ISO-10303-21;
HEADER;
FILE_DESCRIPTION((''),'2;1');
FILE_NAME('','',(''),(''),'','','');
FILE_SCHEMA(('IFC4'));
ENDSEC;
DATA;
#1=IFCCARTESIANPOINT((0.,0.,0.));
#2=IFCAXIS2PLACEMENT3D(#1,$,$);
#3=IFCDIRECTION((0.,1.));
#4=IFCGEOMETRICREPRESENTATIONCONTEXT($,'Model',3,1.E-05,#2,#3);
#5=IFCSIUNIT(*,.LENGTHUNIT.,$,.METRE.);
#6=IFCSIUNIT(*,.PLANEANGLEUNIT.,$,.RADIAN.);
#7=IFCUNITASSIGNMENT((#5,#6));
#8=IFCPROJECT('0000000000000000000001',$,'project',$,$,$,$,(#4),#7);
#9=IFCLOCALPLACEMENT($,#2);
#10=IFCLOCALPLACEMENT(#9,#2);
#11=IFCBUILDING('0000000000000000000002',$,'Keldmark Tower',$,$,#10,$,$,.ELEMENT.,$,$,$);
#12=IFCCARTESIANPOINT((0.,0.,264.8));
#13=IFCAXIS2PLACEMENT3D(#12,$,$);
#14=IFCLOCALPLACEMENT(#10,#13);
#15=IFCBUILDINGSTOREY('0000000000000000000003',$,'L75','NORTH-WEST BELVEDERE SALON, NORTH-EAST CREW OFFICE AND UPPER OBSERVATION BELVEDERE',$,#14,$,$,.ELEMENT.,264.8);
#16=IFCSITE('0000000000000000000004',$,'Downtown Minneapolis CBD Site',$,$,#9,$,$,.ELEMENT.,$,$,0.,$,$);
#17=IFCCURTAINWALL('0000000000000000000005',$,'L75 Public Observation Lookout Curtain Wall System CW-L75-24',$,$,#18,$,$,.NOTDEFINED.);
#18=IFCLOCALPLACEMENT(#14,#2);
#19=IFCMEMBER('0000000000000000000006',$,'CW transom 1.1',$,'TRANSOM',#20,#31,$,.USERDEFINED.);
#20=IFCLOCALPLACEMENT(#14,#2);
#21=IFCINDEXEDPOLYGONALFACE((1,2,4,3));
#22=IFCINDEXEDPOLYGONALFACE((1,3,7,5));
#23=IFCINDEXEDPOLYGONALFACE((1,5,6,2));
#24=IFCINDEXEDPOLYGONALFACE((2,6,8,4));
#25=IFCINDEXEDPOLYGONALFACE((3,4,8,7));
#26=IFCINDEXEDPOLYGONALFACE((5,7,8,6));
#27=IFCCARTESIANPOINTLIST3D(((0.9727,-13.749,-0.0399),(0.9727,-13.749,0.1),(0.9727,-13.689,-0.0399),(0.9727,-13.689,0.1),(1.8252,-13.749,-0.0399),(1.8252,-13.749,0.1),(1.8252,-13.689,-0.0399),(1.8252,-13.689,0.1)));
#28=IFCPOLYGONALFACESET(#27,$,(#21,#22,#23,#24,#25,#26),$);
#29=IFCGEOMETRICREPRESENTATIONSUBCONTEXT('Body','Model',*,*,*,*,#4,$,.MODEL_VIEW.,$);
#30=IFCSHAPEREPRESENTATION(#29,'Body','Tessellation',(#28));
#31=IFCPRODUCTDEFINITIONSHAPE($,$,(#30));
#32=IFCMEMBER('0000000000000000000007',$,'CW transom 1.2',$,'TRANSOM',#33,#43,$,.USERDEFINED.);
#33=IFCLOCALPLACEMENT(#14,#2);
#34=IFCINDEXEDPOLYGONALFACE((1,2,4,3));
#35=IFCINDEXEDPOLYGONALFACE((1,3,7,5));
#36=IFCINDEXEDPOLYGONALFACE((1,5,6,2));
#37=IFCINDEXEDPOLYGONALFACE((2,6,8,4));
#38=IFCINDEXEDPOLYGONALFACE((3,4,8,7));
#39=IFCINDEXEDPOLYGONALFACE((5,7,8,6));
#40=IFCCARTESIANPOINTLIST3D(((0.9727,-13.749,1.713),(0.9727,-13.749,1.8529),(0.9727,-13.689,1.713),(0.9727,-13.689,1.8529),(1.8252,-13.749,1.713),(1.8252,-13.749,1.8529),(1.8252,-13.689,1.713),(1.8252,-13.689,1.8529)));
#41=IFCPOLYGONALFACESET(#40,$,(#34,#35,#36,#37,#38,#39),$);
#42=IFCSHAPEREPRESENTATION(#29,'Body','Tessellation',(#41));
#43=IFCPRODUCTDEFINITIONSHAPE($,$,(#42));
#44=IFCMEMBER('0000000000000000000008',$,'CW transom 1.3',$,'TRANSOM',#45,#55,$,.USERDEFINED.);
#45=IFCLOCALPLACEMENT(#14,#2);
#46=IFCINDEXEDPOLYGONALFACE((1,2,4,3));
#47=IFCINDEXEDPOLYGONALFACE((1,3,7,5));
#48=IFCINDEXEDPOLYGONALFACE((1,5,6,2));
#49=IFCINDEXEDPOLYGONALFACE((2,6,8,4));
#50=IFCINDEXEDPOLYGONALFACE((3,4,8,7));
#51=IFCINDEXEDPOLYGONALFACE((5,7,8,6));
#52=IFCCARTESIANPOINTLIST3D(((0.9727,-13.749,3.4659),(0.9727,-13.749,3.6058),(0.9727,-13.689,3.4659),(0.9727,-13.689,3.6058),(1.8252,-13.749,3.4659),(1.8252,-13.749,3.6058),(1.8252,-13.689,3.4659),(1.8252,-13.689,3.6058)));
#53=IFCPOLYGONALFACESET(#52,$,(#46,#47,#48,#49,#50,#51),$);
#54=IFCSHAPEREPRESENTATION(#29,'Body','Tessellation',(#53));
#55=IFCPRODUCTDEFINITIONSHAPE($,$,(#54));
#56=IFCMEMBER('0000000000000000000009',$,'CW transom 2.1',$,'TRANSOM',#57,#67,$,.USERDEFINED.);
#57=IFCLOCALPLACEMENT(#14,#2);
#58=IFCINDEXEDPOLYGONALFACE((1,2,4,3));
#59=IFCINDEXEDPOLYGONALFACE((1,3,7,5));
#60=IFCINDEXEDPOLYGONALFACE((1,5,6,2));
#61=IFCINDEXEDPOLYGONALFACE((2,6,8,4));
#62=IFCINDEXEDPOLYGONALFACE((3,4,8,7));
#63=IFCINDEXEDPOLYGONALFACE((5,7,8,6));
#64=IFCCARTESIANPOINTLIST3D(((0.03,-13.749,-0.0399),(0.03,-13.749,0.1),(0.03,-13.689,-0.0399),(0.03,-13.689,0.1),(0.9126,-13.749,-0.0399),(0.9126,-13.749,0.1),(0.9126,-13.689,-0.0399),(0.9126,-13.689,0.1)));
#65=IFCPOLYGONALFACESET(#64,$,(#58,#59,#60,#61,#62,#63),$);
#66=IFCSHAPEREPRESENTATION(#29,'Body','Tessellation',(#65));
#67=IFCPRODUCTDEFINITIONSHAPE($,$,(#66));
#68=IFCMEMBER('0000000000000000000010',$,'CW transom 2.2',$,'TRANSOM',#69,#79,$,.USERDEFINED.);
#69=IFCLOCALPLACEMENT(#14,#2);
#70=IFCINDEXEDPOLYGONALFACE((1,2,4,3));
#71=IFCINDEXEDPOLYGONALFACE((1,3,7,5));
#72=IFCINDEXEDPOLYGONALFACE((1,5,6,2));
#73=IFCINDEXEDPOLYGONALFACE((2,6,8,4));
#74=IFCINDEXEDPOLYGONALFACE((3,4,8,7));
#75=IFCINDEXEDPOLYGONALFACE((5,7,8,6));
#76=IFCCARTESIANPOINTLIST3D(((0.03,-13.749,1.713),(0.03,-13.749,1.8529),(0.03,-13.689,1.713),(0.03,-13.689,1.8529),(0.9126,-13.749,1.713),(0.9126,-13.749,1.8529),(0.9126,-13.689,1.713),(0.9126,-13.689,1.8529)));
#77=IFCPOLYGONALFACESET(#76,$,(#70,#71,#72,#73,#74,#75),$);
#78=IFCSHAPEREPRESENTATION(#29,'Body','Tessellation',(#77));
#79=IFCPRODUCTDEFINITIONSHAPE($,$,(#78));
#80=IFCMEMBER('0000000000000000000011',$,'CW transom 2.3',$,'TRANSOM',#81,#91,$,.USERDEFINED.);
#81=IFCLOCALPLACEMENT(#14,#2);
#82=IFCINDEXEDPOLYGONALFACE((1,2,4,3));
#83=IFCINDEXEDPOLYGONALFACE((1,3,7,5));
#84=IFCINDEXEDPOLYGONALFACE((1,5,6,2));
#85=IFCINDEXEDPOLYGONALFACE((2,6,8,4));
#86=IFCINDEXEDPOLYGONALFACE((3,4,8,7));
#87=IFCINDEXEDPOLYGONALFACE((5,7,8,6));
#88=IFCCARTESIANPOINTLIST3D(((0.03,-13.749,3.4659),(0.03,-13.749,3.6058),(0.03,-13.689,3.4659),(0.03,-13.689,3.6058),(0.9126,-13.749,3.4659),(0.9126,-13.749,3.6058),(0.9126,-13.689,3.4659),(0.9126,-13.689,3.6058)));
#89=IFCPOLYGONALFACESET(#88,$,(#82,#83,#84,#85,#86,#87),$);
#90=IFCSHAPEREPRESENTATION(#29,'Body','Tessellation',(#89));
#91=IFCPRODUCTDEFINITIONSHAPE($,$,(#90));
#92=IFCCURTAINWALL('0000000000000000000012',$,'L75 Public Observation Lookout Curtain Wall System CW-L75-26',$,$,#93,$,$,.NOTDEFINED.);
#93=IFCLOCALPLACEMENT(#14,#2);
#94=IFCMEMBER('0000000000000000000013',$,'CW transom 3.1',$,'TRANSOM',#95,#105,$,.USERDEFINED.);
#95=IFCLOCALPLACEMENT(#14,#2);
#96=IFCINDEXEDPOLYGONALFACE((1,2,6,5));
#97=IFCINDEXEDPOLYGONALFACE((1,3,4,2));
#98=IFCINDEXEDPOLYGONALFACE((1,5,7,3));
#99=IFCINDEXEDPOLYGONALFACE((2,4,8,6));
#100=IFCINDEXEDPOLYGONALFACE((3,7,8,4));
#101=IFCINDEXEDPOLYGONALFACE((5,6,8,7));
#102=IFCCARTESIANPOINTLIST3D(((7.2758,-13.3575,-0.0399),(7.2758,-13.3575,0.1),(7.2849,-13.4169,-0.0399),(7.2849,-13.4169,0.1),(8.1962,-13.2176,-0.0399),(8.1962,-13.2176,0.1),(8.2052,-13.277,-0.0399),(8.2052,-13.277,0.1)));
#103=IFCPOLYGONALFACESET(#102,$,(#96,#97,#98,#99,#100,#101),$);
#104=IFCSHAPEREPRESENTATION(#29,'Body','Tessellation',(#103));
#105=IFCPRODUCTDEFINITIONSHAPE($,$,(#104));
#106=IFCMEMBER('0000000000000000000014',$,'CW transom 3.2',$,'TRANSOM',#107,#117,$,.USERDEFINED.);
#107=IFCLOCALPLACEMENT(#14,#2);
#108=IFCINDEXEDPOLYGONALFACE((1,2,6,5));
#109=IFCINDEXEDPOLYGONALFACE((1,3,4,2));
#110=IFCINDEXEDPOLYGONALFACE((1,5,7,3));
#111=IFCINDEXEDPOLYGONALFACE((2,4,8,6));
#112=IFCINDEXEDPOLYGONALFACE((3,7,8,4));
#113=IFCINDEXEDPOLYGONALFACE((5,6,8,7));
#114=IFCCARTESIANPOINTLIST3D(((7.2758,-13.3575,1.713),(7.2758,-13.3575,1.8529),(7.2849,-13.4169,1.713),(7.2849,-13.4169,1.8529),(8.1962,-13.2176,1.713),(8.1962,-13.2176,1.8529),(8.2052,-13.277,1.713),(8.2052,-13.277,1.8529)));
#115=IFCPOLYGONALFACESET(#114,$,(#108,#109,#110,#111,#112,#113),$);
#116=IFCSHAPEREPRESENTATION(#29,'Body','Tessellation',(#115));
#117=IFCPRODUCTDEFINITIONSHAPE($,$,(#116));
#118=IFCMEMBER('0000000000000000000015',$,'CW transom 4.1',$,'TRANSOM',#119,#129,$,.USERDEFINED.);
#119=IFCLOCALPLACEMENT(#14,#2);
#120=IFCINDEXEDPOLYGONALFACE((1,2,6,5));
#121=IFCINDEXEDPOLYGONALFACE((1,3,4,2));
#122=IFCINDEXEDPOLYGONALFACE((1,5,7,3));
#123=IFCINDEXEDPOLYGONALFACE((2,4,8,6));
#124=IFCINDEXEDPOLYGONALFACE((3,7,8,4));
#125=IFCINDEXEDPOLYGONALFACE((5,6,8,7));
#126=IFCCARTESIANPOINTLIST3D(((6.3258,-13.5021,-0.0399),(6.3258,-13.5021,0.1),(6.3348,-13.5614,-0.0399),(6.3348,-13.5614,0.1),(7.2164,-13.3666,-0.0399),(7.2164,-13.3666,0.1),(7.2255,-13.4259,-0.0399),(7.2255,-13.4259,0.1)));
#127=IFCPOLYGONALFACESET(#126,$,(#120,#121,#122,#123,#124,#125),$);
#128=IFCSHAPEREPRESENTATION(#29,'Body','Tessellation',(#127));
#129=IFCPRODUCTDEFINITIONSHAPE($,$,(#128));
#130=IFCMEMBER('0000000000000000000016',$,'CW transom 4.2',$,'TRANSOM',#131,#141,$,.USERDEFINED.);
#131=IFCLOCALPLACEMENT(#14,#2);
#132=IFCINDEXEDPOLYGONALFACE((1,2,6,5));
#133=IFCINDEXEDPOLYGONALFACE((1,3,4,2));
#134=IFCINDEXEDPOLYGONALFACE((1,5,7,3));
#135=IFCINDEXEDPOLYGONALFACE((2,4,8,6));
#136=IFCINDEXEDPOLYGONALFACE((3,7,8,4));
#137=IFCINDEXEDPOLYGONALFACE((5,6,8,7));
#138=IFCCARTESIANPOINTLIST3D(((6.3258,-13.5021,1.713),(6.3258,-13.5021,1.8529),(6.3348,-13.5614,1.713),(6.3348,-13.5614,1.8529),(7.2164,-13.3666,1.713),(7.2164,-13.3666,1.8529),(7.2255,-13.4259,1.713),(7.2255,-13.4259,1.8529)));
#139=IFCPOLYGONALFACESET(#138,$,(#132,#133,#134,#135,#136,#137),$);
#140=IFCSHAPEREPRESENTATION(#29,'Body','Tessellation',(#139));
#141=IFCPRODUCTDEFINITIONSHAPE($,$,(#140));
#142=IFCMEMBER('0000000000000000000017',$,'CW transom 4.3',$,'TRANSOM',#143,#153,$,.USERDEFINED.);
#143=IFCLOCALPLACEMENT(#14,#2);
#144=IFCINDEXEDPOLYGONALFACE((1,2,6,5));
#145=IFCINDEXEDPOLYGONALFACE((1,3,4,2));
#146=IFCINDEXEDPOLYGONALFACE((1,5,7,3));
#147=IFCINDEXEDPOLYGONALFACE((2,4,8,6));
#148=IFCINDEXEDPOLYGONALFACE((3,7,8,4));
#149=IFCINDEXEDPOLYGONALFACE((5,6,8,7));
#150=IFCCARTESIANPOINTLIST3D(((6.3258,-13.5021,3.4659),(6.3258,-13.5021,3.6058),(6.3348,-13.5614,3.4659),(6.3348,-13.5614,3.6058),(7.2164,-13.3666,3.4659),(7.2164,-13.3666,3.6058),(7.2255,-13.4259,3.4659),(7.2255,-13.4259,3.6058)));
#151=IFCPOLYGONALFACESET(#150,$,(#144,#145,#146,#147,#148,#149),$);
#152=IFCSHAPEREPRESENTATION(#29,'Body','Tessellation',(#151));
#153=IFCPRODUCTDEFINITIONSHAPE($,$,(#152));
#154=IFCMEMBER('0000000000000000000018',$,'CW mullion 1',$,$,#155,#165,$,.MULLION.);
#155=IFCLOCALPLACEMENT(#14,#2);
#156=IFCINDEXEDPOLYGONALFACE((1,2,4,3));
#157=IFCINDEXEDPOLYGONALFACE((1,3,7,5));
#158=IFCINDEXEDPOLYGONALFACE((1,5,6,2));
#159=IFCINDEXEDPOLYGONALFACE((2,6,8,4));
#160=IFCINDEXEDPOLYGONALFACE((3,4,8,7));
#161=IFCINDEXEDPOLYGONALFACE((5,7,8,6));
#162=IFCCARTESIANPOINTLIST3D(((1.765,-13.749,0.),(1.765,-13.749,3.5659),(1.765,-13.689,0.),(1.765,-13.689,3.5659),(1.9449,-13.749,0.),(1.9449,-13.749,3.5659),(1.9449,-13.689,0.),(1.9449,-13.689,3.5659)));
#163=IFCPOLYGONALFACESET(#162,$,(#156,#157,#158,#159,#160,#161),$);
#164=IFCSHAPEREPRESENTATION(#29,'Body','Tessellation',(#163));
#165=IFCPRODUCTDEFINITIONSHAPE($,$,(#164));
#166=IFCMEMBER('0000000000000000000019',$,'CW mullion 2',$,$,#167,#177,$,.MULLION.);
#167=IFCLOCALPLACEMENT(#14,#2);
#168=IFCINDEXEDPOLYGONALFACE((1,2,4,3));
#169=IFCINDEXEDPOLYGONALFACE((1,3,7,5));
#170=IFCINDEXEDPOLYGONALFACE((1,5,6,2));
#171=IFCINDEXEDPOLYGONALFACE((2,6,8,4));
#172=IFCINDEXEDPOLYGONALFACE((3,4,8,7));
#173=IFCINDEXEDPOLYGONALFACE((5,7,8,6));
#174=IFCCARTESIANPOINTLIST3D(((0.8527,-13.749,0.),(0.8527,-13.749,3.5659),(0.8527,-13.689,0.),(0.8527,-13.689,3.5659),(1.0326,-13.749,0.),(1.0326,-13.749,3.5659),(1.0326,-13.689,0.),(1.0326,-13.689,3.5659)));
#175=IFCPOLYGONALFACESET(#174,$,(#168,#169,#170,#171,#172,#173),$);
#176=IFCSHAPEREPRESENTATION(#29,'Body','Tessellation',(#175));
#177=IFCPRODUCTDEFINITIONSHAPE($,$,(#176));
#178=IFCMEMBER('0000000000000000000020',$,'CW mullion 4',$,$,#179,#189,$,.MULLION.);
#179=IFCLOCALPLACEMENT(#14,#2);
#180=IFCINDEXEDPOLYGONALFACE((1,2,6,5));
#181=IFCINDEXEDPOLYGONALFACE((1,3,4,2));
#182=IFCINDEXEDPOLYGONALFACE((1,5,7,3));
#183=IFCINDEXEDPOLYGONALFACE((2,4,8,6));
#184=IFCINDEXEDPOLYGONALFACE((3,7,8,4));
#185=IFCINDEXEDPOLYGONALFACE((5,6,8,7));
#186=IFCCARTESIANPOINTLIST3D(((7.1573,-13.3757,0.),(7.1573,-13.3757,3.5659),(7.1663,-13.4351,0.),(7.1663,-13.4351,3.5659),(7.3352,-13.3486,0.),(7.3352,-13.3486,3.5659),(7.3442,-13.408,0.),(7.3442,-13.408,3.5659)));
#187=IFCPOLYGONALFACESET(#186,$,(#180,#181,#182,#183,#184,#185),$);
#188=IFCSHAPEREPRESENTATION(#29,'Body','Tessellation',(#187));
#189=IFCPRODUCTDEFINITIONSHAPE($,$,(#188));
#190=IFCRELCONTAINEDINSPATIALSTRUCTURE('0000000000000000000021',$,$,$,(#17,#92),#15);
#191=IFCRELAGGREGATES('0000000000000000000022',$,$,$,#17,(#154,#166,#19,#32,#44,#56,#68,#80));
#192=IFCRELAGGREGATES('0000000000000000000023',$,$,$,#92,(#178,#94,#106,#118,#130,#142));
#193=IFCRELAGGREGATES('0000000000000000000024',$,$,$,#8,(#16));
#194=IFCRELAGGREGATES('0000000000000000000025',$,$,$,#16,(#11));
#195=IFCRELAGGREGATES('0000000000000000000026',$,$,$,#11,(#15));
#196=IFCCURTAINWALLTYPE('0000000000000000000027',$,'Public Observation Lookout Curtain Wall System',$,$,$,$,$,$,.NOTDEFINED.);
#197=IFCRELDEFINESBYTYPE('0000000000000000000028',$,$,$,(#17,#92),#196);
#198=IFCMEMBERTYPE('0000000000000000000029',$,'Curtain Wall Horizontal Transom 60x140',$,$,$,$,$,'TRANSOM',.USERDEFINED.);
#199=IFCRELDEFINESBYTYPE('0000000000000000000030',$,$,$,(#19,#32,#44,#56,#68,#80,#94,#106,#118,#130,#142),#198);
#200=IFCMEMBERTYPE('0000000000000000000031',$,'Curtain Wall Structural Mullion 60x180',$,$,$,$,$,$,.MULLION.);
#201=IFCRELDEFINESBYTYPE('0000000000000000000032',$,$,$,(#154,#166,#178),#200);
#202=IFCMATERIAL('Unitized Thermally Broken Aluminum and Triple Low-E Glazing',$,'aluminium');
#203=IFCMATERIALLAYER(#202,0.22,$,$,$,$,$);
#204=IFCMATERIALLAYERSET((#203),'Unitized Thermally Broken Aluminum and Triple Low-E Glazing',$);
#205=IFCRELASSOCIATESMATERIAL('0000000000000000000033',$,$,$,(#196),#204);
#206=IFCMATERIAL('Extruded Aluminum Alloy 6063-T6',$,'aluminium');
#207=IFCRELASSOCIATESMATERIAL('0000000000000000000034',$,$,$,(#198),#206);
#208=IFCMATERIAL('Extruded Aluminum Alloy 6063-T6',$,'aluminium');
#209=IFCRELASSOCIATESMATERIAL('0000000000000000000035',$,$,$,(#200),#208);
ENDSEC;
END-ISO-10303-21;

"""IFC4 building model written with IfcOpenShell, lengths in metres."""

from ifc_helpers import new_model, si_unit, direction, frame, origin, origin_2d, place, context, subcontext, project, spatial, rectangle, extrude, material, layer, layer_set, material_profile, profile_set, type_object, element, aggregate, save


model = new_model("IFC4")

# Units and contexts
model_context = context("Model", 3, precision=1e-05, world=origin(), true_north=direction((0.0, 1.0)))
body_context = subcontext(model_context, "Body", "Model", "MODEL_VIEW")
ifc_project = project(units=[si_unit("LENGTHUNIT", "METRE"), si_unit("PLANEANGLEUNIT", "RADIAN")], contexts=[model_context])

# Site, building, storey
site_placement = place(None, origin())
site = spatial("IfcSite", under=ifc_project, at=site_placement, Name="Downtown Minneapolis CBD Site", CompositionType="ELEMENT", RefElevation=0.0)
building_placement = place(site_placement, origin())
building = spatial("IfcBuilding", under=site, at=building_placement, Name="Keldmark Tower", CompositionType="ELEMENT")
storey_placement = place(building_placement, frame((0.0, 0.0, 264.8)))
storey = spatial("IfcBuildingStorey", under=building, at=storey_placement, Name="L75", Description="NORTH-WEST BELVEDERE SALON, NORTH-EAST CREW OFFICE AND UPPER OBSERVATION BELVEDERE", CompositionType="ELEMENT", Elevation=264.8)

# Curtain walls, members
ifc_material_1 = material(Name="Unitized Thermally Broken Aluminum and Triple Low-E Glazing", Category="aluminium")
ifc_layer_1 = layer(ifc_material_1, 0.22)
ifc_layer_set_1 = layer_set([ifc_layer_1], Name="Unitized Thermally Broken Aluminum and Triple Low-E Glazing")
curtain_wall_type = type_object("IfcCurtainWallType", Name="Public Observation Lookout Curtain Wall System", PredefinedType="NOTDEFINED", material=ifc_layer_set_1)
curtain_wall_1_placement = place(storey_placement, origin())
curtain_wall_1 = element("IfcCurtainWall", 1, at=curtain_wall_1_placement, inside=storey, type_object=curtain_wall_type, Name="L75 Public Observation Lookout Curtain Wall System CW-L75-24", PredefinedType="NOTDEFINED")
ifc_material_2 = material(Name="Extruded Aluminum Alloy 6063-T6", Category="aluminium")
ifc_material_profile_1 = material_profile(ifc_material_2, rectangle(XDim=0.0601, YDim=0.1399, at=origin_2d()), Name="CWT60X140")
ifc_profile_set_1 = profile_set([ifc_material_profile_1], Name="Extruded Aluminum Alloy 6063-T6")
member_type_1 = type_object("IfcMemberType", Name="Curtain Wall Horizontal Transom 60x140", ElementType="TRANSOM", PredefinedType="USERDEFINED", material=ifc_profile_set_1)
member_1_placement = place(storey_placement, frame((1.8252, -13.719, 0.03), z_axis=(-1.0, 0.0, 0.0), x_axis=(0.0, -1.0, 0.0)))
member_1 = element("IfcMember", 2, at=member_1_placement, type_object=member_type_1, Name="CW transom 1.1", ObjectType="TRANSOM", PredefinedType="USERDEFINED", context=body_context, shape_type="SweptSolid", body=[
    extrude(rectangle(XDim=0.0601, YDim=0.1399, at=origin_2d()), origin(), (0.0, 0.0, 1.0), 0.8525),
])
member_2_placement = place(storey_placement, frame((1.8252, -13.719, 1.783), z_axis=(-1.0, 0.0, 0.0), x_axis=(0.0, -1.0, 0.0)))
member_2 = element("IfcMember", 3, at=member_2_placement, type_object=member_type_1, Name="CW transom 1.2", ObjectType="TRANSOM", PredefinedType="USERDEFINED", context=body_context, shape_type="SweptSolid", body=[
    extrude(rectangle(XDim=0.0601, YDim=0.1399, at=origin_2d()), origin(), (0.0, 0.0, 1.0), 0.8525),
])
member_3_placement = place(storey_placement, frame((1.8252, -13.719, 3.5359), z_axis=(-1.0, 0.0, 0.0), x_axis=(0.0, -1.0, 0.0)))
member_3 = element("IfcMember", 4, at=member_3_placement, type_object=member_type_1, Name="CW transom 1.3", ObjectType="TRANSOM", PredefinedType="USERDEFINED", context=body_context, shape_type="SweptSolid", body=[
    extrude(rectangle(XDim=0.0601, YDim=0.1399, at=origin_2d()), origin(), (0.0, 0.0, 1.0), 0.8525),
])
member_4_placement = place(storey_placement, frame((0.9126, -13.719, 0.03), z_axis=(-1.0, 0.0, 0.0), x_axis=(0.0, -1.0, 0.0)))
member_4 = element("IfcMember", 5, at=member_4_placement, type_object=member_type_1, Name="CW transom 2.1", ObjectType="TRANSOM", PredefinedType="USERDEFINED", context=body_context, shape_type="SweptSolid", body=[
    extrude(rectangle(XDim=0.0601, YDim=0.1399, at=origin_2d()), origin(), (0.0, 0.0, 1.0), 0.8826),
])
member_5_placement = place(storey_placement, frame((0.9126, -13.719, 1.783), z_axis=(-1.0, 0.0, 0.0), x_axis=(0.0, -1.0, 0.0)))
member_5 = element("IfcMember", 6, at=member_5_placement, type_object=member_type_1, Name="CW transom 2.2", ObjectType="TRANSOM", PredefinedType="USERDEFINED", context=body_context, shape_type="SweptSolid", body=[
    extrude(rectangle(XDim=0.0601, YDim=0.1399, at=origin_2d()), origin(), (0.0, 0.0, 1.0), 0.8826),
])
member_6_placement = place(storey_placement, frame((0.9126, -13.719, 3.5359), z_axis=(-1.0, 0.0, 0.0), x_axis=(0.0, -1.0, 0.0)))
member_6 = element("IfcMember", 7, at=member_6_placement, type_object=member_type_1, Name="CW transom 2.3", ObjectType="TRANSOM", PredefinedType="USERDEFINED", context=body_context, shape_type="SweptSolid", body=[
    extrude(rectangle(XDim=0.0601, YDim=0.1399, at=origin_2d()), origin(), (0.0, 0.0, 1.0), 0.8826),
])
curtain_wall_2_placement = place(storey_placement, origin())
curtain_wall_2 = element("IfcCurtainWall", 8, at=curtain_wall_2_placement, inside=storey, type_object=curtain_wall_type, Name="L75 Public Observation Lookout Curtain Wall System CW-L75-26", PredefinedType="NOTDEFINED")
member_7_placement = place(storey_placement, frame((8.2007, -13.2473, 0.03), z_axis=(-0.988646, -0.150264, 0.0), x_axis=(0.150264, -0.988646, 0.0)))
member_7 = element("IfcMember", 9, at=member_7_placement, type_object=member_type_1, Name="CW transom 3.1", ObjectType="TRANSOM", PredefinedType="USERDEFINED", context=body_context, shape_type="SweptSolid", body=[
    extrude(rectangle(XDim=0.0601, YDim=0.1399, at=origin_2d()), origin(), (0.0, 0.0, 1.0), 0.9309),
])
member_8_placement = place(storey_placement, frame((8.2007, -13.2473, 1.783), z_axis=(-0.988646, -0.150264, 0.0), x_axis=(0.150264, -0.988646, 0.0)))
member_8 = element("IfcMember", 10, at=member_8_placement, type_object=member_type_1, Name="CW transom 3.2", ObjectType="TRANSOM", PredefinedType="USERDEFINED", context=body_context, shape_type="SweptSolid", body=[
    extrude(rectangle(XDim=0.0601, YDim=0.1399, at=origin_2d()), origin(), (0.0, 0.0, 1.0), 0.9309),
])
member_9_placement = place(storey_placement, frame((7.2209, -13.3962, 0.03), z_axis=(-0.988624, -0.150407, 0.0), x_axis=(0.150407, -0.988624, 0.0)))
member_9 = element("IfcMember", 11, at=member_9_placement, type_object=member_type_1, Name="CW transom 4.1", ObjectType="TRANSOM", PredefinedType="USERDEFINED", context=body_context, shape_type="SweptSolid", body=[
    extrude(rectangle(XDim=0.0601, YDim=0.1399, at=origin_2d()), origin(), (0.0, 0.0, 1.0), 0.9009),
])
member_10_placement = place(storey_placement, frame((7.2209, -13.3962, 1.783), z_axis=(-0.988624, -0.150407, 0.0), x_axis=(0.150407, -0.988624, 0.0)))
member_10 = element("IfcMember", 12, at=member_10_placement, type_object=member_type_1, Name="CW transom 4.2", ObjectType="TRANSOM", PredefinedType="USERDEFINED", context=body_context, shape_type="SweptSolid", body=[
    extrude(rectangle(XDim=0.0601, YDim=0.1399, at=origin_2d()), origin(), (0.0, 0.0, 1.0), 0.9009),
])
member_11_placement = place(storey_placement, frame((7.2209, -13.3962, 3.5359), z_axis=(-0.988624, -0.150407, 0.0), x_axis=(0.150407, -0.988624, 0.0)))
member_11 = element("IfcMember", 13, at=member_11_placement, type_object=member_type_1, Name="CW transom 4.3", ObjectType="TRANSOM", PredefinedType="USERDEFINED", context=body_context, shape_type="SweptSolid", body=[
    extrude(rectangle(XDim=0.0601, YDim=0.1399, at=origin_2d()), origin(), (0.0, 0.0, 1.0), 0.9009),
])

# Members
ifc_material_3 = material(Name="Extruded Aluminum Alloy 6063-T6", Category="aluminium")
ifc_material_profile_2 = material_profile(ifc_material_3, rectangle(XDim=0.0601, YDim=0.1799, at=origin_2d()), Name="CWM60X180")
ifc_profile_set_2 = profile_set([ifc_material_profile_2], Name="Extruded Aluminum Alloy 6063-T6")
member_type_2 = type_object("IfcMemberType", Name="Curtain Wall Structural Mullion 60x180", PredefinedType="MULLION", material=ifc_profile_set_2)
member_12_placement = place(storey_placement, frame((1.855, -13.719, 0.0), z_axis=(0.0, 0.0, 1.0), x_axis=(0.0, -1.0, 0.0)))
member_12 = element("IfcMember", 14, at=member_12_placement, type_object=member_type_2, Name="CW mullion 1", PredefinedType="MULLION", context=body_context, shape_type="SweptSolid", body=[
    extrude(rectangle(XDim=0.0601, YDim=0.1799, at=origin_2d()), origin(), (0.0, 0.0, 1.0), 3.5659),
])
member_13_placement = place(storey_placement, frame((0.9426, -13.719, 0.0), z_axis=(0.0, 0.0, 1.0), x_axis=(0.0, -1.0, 0.0)))
member_13 = element("IfcMember", 15, at=member_13_placement, type_object=member_type_2, Name="CW mullion 2", PredefinedType="MULLION", context=body_context, shape_type="SweptSolid", body=[
    extrude(rectangle(XDim=0.0601, YDim=0.1799, at=origin_2d()), origin(), (0.0, 0.0, 1.0), 3.5659),
])
member_14_placement = place(storey_placement, frame((7.2507, -13.3918, 0.0), z_axis=(0.0, 0.0, 1.0), x_axis=(0.150337, -0.988635, 0.0)))
member_14 = element("IfcMember", 16, at=member_14_placement, type_object=member_type_2, Name="CW mullion 4", PredefinedType="MULLION", context=body_context, shape_type="SweptSolid", body=[
    extrude(rectangle(XDim=0.0601, YDim=0.1799, at=origin_2d()), origin(), (0.0, 0.0, 1.0), 3.5659),
])

aggregate(curtain_wall_1, [member_12, member_13, member_1, member_2, member_3, member_4, member_5, member_6])
aggregate(curtain_wall_2, [member_14, member_7, member_8, member_9, member_10, member_11])

save(model, "model.ifc")
